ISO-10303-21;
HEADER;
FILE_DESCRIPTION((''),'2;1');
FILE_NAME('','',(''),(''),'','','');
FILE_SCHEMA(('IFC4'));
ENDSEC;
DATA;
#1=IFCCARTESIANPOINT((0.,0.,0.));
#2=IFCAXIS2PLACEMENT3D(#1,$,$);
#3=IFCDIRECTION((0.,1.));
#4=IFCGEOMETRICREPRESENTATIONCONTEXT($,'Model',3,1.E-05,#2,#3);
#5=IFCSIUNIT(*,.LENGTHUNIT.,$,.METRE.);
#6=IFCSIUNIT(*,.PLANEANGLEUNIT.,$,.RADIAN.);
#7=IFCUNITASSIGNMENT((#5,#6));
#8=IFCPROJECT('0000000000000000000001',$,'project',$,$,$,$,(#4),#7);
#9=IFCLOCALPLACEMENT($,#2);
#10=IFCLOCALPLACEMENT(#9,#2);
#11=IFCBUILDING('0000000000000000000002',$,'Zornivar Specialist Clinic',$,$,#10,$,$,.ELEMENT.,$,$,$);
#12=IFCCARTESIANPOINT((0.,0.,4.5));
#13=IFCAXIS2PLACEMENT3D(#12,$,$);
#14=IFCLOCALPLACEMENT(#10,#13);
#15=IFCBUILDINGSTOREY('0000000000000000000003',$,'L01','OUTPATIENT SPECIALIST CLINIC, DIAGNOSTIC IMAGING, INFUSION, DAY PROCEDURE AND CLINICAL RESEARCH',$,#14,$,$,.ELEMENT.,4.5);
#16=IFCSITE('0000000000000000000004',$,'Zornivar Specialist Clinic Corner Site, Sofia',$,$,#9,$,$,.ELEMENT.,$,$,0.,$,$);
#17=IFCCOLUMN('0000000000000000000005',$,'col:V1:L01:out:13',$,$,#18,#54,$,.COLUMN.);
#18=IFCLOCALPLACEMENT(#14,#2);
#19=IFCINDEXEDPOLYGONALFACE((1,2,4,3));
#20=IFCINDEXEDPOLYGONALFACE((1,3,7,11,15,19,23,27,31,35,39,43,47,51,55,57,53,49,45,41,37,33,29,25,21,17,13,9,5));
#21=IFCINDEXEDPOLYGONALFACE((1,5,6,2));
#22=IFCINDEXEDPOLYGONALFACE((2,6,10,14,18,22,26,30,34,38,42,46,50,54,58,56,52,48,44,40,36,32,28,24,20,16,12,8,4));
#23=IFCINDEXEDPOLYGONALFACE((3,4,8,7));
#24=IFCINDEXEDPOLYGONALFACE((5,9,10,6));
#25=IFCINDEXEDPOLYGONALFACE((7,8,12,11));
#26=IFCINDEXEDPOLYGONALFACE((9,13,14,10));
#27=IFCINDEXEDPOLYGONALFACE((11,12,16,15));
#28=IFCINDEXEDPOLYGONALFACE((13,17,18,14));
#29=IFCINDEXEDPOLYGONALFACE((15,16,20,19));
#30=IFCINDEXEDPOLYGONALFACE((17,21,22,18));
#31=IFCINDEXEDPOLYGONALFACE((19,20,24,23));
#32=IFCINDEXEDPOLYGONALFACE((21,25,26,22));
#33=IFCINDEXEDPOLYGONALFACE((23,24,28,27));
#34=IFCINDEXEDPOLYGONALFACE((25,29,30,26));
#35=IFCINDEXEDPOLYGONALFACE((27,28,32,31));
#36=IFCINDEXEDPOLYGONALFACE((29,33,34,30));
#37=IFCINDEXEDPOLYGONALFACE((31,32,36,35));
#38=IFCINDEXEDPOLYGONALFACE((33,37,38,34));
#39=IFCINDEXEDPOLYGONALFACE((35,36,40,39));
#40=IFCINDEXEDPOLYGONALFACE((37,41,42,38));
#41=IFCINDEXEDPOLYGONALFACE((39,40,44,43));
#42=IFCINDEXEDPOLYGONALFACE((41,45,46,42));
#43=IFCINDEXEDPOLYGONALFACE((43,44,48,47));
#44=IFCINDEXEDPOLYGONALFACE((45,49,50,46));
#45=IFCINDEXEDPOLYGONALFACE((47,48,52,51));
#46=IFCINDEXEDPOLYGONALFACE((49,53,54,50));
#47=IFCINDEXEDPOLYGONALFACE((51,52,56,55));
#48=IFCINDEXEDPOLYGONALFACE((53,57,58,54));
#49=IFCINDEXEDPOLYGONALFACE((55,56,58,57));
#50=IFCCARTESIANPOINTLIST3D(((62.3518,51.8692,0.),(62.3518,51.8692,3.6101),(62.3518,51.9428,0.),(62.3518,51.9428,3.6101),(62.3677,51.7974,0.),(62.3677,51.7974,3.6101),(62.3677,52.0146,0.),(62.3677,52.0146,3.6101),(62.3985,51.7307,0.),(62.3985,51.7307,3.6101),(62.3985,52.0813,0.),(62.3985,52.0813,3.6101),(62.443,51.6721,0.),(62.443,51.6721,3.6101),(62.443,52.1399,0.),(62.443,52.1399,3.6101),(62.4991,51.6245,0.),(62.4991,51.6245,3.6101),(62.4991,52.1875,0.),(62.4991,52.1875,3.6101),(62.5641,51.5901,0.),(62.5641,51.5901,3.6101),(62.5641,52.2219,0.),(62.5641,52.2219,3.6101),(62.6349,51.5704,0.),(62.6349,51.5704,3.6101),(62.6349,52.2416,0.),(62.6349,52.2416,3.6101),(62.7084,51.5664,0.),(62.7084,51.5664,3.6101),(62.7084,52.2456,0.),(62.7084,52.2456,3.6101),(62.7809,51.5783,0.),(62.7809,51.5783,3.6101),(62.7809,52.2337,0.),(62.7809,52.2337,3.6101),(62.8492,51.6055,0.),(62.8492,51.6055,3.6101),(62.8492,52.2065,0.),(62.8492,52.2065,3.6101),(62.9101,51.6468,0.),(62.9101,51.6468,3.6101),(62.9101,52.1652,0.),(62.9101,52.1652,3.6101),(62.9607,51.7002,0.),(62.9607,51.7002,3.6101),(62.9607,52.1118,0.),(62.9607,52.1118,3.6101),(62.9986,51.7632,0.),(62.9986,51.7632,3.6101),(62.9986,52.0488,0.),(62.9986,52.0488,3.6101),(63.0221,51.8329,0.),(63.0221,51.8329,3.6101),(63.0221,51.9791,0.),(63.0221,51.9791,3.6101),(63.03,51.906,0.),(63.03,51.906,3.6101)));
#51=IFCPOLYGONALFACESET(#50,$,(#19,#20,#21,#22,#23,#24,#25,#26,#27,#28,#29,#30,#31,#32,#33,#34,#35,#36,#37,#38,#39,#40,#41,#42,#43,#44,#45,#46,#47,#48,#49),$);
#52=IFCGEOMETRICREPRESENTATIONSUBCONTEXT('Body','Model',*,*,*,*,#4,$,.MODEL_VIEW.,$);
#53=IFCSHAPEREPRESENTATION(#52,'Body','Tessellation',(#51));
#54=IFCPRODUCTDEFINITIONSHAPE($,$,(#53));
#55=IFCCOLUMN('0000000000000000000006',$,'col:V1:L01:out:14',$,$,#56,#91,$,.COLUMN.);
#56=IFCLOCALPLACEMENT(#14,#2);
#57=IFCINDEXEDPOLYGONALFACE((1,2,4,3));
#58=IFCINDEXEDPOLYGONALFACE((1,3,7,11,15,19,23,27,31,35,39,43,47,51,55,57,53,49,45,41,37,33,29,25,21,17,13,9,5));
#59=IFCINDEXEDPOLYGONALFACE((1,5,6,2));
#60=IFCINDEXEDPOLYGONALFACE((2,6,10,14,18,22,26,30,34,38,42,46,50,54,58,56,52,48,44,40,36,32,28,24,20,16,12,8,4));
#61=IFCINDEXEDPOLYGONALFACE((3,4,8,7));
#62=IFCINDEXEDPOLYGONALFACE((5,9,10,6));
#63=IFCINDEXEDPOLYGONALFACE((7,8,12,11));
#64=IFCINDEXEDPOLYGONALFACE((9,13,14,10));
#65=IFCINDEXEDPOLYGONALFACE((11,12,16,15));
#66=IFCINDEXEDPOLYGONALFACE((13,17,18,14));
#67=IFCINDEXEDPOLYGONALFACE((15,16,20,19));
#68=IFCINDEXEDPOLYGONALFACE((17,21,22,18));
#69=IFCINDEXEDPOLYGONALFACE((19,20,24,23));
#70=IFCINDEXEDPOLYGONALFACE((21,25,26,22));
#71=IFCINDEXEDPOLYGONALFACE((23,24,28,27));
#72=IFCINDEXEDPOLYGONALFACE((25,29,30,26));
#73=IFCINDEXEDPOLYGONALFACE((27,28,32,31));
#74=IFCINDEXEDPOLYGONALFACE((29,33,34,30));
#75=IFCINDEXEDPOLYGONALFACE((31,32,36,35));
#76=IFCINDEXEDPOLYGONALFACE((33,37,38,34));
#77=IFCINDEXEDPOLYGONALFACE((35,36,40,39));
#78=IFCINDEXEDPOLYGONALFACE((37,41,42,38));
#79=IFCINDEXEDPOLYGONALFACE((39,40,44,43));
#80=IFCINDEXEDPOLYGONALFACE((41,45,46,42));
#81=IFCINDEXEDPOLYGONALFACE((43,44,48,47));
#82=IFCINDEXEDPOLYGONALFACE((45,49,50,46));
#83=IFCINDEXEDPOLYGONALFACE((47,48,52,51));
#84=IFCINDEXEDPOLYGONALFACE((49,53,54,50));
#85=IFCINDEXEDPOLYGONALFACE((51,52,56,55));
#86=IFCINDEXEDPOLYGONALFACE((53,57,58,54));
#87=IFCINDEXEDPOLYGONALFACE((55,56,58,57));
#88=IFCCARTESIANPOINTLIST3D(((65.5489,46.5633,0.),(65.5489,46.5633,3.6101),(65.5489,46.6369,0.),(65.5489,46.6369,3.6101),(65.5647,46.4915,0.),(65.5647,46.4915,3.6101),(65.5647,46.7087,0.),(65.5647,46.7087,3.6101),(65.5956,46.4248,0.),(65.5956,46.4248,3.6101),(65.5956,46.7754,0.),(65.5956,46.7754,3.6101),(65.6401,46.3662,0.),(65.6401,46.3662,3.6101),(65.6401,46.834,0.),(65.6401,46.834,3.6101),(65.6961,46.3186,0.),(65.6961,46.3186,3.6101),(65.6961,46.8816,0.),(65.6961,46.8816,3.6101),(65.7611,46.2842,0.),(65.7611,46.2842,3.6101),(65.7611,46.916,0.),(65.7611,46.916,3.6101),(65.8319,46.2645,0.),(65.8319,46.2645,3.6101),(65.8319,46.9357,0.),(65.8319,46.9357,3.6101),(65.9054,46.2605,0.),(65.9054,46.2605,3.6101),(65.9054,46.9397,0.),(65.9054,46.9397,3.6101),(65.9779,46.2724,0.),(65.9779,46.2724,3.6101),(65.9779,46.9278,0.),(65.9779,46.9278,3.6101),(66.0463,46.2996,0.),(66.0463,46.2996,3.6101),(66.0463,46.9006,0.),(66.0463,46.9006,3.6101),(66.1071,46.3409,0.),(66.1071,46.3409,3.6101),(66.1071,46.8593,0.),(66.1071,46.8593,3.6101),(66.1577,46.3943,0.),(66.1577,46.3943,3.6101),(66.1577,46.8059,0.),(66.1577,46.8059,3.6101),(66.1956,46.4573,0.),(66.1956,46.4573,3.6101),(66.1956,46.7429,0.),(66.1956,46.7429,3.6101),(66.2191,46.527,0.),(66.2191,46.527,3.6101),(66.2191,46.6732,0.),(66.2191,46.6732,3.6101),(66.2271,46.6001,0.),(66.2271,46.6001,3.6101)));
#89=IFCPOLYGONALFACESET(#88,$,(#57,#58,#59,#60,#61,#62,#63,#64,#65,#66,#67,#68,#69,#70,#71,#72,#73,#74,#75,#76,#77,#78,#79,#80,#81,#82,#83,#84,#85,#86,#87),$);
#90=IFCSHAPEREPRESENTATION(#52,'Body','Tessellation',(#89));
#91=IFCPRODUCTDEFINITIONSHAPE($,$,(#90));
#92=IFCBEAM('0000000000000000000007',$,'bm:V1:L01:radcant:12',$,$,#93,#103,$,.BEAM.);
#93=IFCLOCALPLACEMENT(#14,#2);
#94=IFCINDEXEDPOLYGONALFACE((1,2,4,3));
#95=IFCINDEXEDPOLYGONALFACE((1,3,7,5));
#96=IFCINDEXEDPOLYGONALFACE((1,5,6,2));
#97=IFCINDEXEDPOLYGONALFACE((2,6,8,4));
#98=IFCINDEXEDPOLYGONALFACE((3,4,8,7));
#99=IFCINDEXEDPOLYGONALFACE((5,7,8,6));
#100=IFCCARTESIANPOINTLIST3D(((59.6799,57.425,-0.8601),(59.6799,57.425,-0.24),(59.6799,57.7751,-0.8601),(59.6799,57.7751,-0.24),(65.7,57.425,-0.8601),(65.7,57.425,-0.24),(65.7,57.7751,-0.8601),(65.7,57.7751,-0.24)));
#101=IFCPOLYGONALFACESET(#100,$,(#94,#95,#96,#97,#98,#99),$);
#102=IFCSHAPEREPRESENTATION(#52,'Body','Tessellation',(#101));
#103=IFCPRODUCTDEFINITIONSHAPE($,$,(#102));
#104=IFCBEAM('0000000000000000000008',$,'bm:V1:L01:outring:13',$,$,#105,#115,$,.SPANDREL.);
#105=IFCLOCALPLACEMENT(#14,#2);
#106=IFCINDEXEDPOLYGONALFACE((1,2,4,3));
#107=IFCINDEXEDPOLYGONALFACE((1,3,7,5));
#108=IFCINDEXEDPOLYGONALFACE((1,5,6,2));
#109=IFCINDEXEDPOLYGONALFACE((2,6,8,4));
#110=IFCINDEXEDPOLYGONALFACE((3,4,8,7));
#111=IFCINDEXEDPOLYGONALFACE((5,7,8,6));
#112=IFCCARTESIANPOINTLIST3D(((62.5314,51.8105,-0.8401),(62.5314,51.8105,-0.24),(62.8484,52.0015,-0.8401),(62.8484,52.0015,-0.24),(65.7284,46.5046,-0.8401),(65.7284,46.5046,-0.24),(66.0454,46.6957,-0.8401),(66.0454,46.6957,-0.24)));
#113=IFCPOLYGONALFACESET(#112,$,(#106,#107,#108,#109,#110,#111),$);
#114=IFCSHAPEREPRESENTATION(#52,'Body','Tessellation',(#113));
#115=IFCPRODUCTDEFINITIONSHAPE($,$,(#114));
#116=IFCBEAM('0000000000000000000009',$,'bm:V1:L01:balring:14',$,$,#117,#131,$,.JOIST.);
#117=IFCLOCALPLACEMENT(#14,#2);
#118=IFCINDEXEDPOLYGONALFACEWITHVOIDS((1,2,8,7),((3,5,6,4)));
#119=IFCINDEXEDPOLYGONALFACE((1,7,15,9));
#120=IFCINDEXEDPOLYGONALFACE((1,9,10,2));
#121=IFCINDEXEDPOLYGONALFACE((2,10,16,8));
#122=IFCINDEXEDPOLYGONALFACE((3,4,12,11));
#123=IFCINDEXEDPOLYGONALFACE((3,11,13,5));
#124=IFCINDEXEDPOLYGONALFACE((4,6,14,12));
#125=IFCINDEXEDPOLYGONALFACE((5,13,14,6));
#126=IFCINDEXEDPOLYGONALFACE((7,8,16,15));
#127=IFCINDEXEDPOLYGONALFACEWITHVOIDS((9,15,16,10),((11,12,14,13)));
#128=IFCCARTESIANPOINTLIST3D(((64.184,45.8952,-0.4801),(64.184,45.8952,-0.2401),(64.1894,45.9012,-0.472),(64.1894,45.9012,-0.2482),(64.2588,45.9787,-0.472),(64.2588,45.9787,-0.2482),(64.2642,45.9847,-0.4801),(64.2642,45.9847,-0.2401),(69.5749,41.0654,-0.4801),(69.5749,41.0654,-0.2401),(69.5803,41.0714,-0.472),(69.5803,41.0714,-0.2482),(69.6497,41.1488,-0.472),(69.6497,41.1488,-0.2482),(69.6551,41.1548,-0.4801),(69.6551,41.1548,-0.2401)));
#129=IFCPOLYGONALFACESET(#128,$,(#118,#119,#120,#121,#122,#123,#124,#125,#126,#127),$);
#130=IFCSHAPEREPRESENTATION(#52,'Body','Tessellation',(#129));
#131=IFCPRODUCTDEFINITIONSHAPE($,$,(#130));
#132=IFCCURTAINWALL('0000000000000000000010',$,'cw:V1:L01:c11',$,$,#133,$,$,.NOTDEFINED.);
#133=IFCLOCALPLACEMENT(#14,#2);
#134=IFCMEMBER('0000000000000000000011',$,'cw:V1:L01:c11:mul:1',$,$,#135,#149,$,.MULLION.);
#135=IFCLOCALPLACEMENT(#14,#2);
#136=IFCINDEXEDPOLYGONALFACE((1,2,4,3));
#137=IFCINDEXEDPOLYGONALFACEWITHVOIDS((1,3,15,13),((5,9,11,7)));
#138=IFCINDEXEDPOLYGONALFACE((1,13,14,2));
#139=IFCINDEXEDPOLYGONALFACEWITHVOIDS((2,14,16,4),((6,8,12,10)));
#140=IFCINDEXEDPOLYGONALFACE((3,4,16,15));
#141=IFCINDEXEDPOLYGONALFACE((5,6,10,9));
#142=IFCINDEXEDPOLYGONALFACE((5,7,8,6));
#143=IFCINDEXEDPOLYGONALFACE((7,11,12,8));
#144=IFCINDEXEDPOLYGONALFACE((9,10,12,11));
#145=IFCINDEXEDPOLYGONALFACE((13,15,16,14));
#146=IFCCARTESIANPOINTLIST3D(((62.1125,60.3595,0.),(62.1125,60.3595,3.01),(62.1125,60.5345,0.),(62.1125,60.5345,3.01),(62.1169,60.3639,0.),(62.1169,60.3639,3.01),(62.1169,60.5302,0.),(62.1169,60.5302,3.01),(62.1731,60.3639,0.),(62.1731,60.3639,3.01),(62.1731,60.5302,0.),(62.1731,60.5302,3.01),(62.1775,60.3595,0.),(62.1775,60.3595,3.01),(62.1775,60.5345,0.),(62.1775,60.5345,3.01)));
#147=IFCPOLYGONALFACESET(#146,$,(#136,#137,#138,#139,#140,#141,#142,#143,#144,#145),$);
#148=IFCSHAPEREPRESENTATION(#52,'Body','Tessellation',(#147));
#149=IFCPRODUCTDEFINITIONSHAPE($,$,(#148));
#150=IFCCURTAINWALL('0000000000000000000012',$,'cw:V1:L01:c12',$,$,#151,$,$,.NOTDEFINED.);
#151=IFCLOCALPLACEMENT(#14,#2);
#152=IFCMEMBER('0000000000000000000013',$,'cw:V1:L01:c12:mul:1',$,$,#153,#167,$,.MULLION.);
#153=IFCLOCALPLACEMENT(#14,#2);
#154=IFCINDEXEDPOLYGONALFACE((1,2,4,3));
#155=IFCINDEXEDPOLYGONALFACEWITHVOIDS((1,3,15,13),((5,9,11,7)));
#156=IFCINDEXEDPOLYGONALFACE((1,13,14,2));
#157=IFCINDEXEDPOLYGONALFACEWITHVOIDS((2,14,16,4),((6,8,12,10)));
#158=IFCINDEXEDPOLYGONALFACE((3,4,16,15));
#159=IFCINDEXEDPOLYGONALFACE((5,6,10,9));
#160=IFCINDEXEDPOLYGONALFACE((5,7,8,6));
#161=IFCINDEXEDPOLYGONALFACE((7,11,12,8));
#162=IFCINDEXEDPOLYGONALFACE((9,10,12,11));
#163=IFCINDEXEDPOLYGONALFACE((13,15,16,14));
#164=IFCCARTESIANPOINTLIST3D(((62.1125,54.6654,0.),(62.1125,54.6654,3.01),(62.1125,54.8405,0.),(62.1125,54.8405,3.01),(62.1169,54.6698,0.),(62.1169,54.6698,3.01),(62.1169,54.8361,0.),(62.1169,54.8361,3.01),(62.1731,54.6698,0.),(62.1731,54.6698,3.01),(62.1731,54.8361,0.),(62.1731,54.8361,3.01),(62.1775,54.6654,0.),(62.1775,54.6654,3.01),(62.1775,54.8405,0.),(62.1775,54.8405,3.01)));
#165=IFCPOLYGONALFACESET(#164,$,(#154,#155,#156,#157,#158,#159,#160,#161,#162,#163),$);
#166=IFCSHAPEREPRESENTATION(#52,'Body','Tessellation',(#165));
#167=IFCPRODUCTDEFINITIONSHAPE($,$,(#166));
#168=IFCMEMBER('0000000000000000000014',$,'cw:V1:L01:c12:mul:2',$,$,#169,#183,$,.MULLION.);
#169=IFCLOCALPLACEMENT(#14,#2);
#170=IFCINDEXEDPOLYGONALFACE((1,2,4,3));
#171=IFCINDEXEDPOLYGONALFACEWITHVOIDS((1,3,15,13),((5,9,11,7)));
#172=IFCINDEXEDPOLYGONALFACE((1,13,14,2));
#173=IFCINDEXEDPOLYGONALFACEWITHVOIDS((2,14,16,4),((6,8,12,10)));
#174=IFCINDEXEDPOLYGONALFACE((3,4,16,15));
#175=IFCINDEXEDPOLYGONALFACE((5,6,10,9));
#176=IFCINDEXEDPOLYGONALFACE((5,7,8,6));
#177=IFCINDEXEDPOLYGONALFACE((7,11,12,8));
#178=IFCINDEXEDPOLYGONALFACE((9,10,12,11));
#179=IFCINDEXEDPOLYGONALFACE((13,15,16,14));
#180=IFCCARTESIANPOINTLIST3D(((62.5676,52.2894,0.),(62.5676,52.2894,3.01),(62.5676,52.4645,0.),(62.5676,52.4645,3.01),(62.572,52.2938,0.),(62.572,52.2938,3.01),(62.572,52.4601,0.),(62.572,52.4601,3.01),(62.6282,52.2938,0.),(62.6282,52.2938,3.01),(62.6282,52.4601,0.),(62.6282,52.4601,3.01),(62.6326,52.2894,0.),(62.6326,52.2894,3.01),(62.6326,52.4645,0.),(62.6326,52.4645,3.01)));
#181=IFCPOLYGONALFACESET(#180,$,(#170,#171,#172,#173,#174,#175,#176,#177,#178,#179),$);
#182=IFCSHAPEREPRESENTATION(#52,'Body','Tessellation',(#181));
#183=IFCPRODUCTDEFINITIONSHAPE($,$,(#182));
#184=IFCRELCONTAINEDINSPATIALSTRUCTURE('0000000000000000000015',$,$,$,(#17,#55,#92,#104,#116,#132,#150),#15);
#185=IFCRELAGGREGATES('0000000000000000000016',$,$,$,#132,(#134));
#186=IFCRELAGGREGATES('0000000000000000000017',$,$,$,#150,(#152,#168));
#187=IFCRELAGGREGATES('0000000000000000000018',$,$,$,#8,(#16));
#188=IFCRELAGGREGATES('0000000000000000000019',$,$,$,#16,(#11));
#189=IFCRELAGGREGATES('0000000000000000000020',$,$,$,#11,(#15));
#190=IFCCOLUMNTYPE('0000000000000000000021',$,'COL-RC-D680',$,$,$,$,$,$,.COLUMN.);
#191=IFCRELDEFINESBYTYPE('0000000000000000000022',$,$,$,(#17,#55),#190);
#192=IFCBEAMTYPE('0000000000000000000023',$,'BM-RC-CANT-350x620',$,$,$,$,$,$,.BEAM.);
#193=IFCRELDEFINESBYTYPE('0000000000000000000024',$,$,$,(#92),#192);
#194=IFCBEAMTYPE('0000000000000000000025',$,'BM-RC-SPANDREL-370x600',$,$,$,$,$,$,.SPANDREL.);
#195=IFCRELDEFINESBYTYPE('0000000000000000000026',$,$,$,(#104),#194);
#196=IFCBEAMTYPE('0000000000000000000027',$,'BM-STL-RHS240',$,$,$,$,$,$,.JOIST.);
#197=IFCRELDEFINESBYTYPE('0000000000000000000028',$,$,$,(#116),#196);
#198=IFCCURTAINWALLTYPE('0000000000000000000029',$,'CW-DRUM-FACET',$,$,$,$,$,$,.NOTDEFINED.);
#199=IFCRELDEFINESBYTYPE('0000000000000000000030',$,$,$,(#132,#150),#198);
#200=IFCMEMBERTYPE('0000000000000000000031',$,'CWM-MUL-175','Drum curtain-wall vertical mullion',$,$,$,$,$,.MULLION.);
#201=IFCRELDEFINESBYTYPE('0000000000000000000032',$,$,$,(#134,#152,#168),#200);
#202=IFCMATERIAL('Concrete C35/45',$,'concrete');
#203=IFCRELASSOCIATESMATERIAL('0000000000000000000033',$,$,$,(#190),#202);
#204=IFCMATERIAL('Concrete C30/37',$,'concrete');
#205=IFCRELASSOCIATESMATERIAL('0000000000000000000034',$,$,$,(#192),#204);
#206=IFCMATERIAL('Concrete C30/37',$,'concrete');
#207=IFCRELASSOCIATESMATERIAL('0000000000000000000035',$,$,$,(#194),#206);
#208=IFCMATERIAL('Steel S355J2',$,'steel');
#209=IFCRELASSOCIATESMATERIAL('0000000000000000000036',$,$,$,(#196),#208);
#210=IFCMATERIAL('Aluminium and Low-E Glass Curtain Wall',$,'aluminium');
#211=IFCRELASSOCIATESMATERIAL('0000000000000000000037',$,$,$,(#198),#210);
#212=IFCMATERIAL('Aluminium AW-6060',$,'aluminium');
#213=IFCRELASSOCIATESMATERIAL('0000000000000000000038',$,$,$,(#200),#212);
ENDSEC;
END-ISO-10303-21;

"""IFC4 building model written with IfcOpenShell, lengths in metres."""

from ifc_helpers import new_model, si_unit, direction, frame, origin, origin_2d, place, context, subcontext, project, spatial, rectangle, hollow_rectangle, circle, extrude, material, material_profile, profile_set, type_object, element, aggregate, save


model = new_model("IFC4")

# Units and contexts
model_context = context("Model", 3, precision=1e-05, world=origin(), true_north=direction((0.0, 1.0)))
body_context = subcontext(model_context, "Body", "Model", "MODEL_VIEW")
ifc_project = project(units=[si_unit("LENGTHUNIT", "METRE"), si_unit("PLANEANGLEUNIT", "RADIAN")], contexts=[model_context])

# Site, building, storey
site_placement = place(None, origin())
site = spatial("IfcSite", under=ifc_project, at=site_placement, Name="Zornivar Specialist Clinic Corner Site, Sofia", CompositionType="ELEMENT", RefElevation=0.0)
building_placement = place(site_placement, origin())
building = spatial("IfcBuilding", under=site, at=building_placement, Name="Zornivar Specialist Clinic", CompositionType="ELEMENT")
storey_placement = place(building_placement, frame((0.0, 0.0, 4.5)))
storey = spatial("IfcBuildingStorey", under=building, at=storey_placement, Name="L01", Description="OUTPATIENT SPECIALIST CLINIC, DIAGNOSTIC IMAGING, INFUSION, DAY PROCEDURE AND CLINICAL RESEARCH", CompositionType="ELEMENT", Elevation=4.5)

# Columns
ifc_material_1 = material(Name="Concrete C35/45", Category="concrete")
ifc_material_profile_1 = material_profile(ifc_material_1, circle(Radius=0.3401, at=origin_2d()), Name="RC D680")
ifc_profile_set_1 = profile_set([ifc_material_profile_1], Name="Concrete C35/45")
column_type = type_object("IfcColumnType", Name="COL-RC-D680", PredefinedType="COLUMN", material=ifc_profile_set_1)
for number, where, z_axis, x_axis, name in (
    (1, (62.6899, 51.906, 0.0), (0.0, 0.0, 1.0), (1.0, 0.0, 0.0), "col:V1:L01:out:13"),
    (2, (65.887, 46.6001, 0.0), (0.0, 0.0, 1.0), (1.0, 0.0, 0.0), "col:V1:L01:out:14"),
):
    element("IfcColumn", number, at=place(storey_placement, frame(where, z_axis=z_axis, x_axis=x_axis)), inside=storey, type_object=column_type, Name=name, PredefinedType="COLUMN", context=body_context, shape_type="SweptSolid", body=[
        extrude(circle(Radius=0.3401, at=origin_2d()), origin(), (0.0, 0.0, 1.0), 3.6101),
    ])

# Beams
ifc_material_2 = material(Name="Concrete C30/37", Category="concrete")
ifc_material_profile_2 = material_profile(ifc_material_2, rectangle(XDim=0.3501, YDim=0.6201, at=origin_2d()), Name="RC 350x620")
ifc_profile_set_2 = profile_set([ifc_material_profile_2], Name="Concrete C30/37")
beam_type_1 = type_object("IfcBeamType", Name="BM-RC-CANT-350x620", PredefinedType="BEAM", material=ifc_profile_set_2)
beam_1_placement = place(storey_placement, frame((65.7, 57.6001, -0.55), z_axis=(-1.0, 0.0, 0.0), x_axis=(0.0, -1.0, 0.0)))
element("IfcBeam", 3, at=beam_1_placement, inside=storey, type_object=beam_type_1, Name="bm:V1:L01:radcant:12", PredefinedType="BEAM", context=body_context, shape_type="SweptSolid", body=[
    extrude(rectangle(XDim=0.3501, YDim=0.6201, at=origin_2d()), origin(), (0.0, 0.0, 1.0), 6.02),
])
ifc_material_3 = material(Name="Concrete C30/37", Category="concrete")
ifc_material_profile_3 = material_profile(ifc_material_3, rectangle(XDim=0.3701, YDim=0.6001, at=origin_2d()), Name="RC 370x600")
ifc_profile_set_3 = profile_set([ifc_material_profile_3], Name="Concrete C30/37")
beam_type_2 = type_object("IfcBeamType", Name="BM-RC-SPANDREL-370x600", PredefinedType="SPANDREL", material=ifc_profile_set_3)
beam_2_placement = place(storey_placement, frame((62.6899, 51.906, -0.54), z_axis=(0.516095, -0.856532, 0.0), x_axis=(0.856532, 0.516095, 0.0)))
element("IfcBeam", 4, at=beam_2_placement, inside=storey, type_object=beam_type_2, Name="bm:V1:L01:outring:13", PredefinedType="SPANDREL", context=body_context, shape_type="SweptSolid", body=[
    extrude(rectangle(XDim=0.3701, YDim=0.6001, at=origin_2d()), origin(), (0.0, 0.0, 1.0), 6.1946),
])
ifc_material_4 = material(Name="Steel S355J2", Category="steel")
ifc_material_profile_4 = material_profile(ifc_material_4, hollow_rectangle(XDim=0.1201, YDim=0.24, WallThickness=0.0081, at=origin_2d()), Name="RHS 240x120x8")
ifc_profile_set_4 = profile_set([ifc_material_profile_4], Name="Steel S355J2")
beam_type_3 = type_object("IfcBeamType", Name="BM-STL-RHS240", PredefinedType="JOIST", material=ifc_profile_set_4)
beam_3_placement = place(storey_placement, frame((64.2241, 45.9399, -0.3601), z_axis=(0.7448, -0.667288, 0.0), x_axis=(0.667288, 0.7448, 0.0)))
element("IfcBeam", 5, at=beam_3_placement, inside=storey, type_object=beam_type_3, Name="bm:V1:L01:balring:14", PredefinedType="JOIST", context=body_context, shape_type="SweptSolid", body=[
    extrude(hollow_rectangle(XDim=0.1201, YDim=0.24, WallThickness=0.0081, at=origin_2d()), origin(), (0.0, 0.0, 1.0), 7.238),
])

# Curtain wall, member
ifc_material_5 = material(Name="Aluminium and Low-E Glass Curtain Wall", Category="aluminium")
curtain_wall_type = type_object("IfcCurtainWallType", Name="CW-DRUM-FACET", PredefinedType="NOTDEFINED", material=ifc_material_5)
curtain_wall_1_placement = place(storey_placement, origin())
curtain_wall_1 = element("IfcCurtainWall", 6, at=curtain_wall_1_placement, inside=storey, type_object=curtain_wall_type, Name="cw:V1:L01:c11", PredefinedType="NOTDEFINED")
ifc_material_6 = material(Name="Aluminium AW-6060", Category="aluminium")
ifc_material_profile_5 = material_profile(ifc_material_6, hollow_rectangle(XDim=0.0649, YDim=0.175, WallThickness=0.0044, at=origin_2d()), Name="ALU 65x175x4.5")
ifc_profile_set_5 = profile_set([ifc_material_profile_5], Name="Aluminium AW-6060")
member_type_1 = type_object("IfcMemberType", Name="CWM-MUL-175", Description="Drum curtain-wall vertical mullion", PredefinedType="MULLION", material=ifc_profile_set_5)
member_1_placement = place(storey_placement, frame((62.145, 60.447, 0.0), z_axis=(0.0, 0.0, 1.0), x_axis=(1.0, 0.0, 0.0)))
member_1 = element("IfcMember", 7, at=member_1_placement, type_object=member_type_1, Name="cw:V1:L01:c11:mul:1", PredefinedType="MULLION", context=body_context, shape_type="SweptSolid", body=[
    extrude(hollow_rectangle(XDim=0.0649, YDim=0.175, WallThickness=0.0044, at=origin_2d()), origin(), (0.0, 0.0, 1.0), 3.01),
])
aggregate(curtain_wall_1, [member_1])

# Curtain wall, members
curtain_wall_2_placement = place(storey_placement, origin())
curtain_wall_2 = element("IfcCurtainWall", 8, at=curtain_wall_2_placement, inside=storey, type_object=curtain_wall_type, Name="cw:V1:L01:c12", PredefinedType="NOTDEFINED")
member_2_placement = place(storey_placement, frame((62.145, 54.7529, 0.0), z_axis=(0.0, 0.0, 1.0), x_axis=(1.0, 0.0, 0.0)))
member_2 = element("IfcMember", 9, at=member_2_placement, type_object=member_type_1, Name="cw:V1:L01:c12:mul:1", PredefinedType="MULLION", context=body_context, shape_type="SweptSolid", body=[
    extrude(hollow_rectangle(XDim=0.0649, YDim=0.175, WallThickness=0.0044, at=origin_2d()), origin(), (0.0, 0.0, 1.0), 3.01),
])
member_3_placement = place(storey_placement, frame((62.6001, 52.377, 0.0), z_axis=(0.0, 0.0, 1.0), x_axis=(1.0, 0.0, 0.0)))
member_3 = element("IfcMember", 10, at=member_3_placement, type_object=member_type_1, Name="cw:V1:L01:c12:mul:2", PredefinedType="MULLION", context=body_context, shape_type="SweptSolid", body=[
    extrude(hollow_rectangle(XDim=0.0649, YDim=0.175, WallThickness=0.0044, at=origin_2d()), origin(), (0.0, 0.0, 1.0), 3.01),
])

aggregate(curtain_wall_2, [member_2, member_3])

save(model, "model.ifc")
